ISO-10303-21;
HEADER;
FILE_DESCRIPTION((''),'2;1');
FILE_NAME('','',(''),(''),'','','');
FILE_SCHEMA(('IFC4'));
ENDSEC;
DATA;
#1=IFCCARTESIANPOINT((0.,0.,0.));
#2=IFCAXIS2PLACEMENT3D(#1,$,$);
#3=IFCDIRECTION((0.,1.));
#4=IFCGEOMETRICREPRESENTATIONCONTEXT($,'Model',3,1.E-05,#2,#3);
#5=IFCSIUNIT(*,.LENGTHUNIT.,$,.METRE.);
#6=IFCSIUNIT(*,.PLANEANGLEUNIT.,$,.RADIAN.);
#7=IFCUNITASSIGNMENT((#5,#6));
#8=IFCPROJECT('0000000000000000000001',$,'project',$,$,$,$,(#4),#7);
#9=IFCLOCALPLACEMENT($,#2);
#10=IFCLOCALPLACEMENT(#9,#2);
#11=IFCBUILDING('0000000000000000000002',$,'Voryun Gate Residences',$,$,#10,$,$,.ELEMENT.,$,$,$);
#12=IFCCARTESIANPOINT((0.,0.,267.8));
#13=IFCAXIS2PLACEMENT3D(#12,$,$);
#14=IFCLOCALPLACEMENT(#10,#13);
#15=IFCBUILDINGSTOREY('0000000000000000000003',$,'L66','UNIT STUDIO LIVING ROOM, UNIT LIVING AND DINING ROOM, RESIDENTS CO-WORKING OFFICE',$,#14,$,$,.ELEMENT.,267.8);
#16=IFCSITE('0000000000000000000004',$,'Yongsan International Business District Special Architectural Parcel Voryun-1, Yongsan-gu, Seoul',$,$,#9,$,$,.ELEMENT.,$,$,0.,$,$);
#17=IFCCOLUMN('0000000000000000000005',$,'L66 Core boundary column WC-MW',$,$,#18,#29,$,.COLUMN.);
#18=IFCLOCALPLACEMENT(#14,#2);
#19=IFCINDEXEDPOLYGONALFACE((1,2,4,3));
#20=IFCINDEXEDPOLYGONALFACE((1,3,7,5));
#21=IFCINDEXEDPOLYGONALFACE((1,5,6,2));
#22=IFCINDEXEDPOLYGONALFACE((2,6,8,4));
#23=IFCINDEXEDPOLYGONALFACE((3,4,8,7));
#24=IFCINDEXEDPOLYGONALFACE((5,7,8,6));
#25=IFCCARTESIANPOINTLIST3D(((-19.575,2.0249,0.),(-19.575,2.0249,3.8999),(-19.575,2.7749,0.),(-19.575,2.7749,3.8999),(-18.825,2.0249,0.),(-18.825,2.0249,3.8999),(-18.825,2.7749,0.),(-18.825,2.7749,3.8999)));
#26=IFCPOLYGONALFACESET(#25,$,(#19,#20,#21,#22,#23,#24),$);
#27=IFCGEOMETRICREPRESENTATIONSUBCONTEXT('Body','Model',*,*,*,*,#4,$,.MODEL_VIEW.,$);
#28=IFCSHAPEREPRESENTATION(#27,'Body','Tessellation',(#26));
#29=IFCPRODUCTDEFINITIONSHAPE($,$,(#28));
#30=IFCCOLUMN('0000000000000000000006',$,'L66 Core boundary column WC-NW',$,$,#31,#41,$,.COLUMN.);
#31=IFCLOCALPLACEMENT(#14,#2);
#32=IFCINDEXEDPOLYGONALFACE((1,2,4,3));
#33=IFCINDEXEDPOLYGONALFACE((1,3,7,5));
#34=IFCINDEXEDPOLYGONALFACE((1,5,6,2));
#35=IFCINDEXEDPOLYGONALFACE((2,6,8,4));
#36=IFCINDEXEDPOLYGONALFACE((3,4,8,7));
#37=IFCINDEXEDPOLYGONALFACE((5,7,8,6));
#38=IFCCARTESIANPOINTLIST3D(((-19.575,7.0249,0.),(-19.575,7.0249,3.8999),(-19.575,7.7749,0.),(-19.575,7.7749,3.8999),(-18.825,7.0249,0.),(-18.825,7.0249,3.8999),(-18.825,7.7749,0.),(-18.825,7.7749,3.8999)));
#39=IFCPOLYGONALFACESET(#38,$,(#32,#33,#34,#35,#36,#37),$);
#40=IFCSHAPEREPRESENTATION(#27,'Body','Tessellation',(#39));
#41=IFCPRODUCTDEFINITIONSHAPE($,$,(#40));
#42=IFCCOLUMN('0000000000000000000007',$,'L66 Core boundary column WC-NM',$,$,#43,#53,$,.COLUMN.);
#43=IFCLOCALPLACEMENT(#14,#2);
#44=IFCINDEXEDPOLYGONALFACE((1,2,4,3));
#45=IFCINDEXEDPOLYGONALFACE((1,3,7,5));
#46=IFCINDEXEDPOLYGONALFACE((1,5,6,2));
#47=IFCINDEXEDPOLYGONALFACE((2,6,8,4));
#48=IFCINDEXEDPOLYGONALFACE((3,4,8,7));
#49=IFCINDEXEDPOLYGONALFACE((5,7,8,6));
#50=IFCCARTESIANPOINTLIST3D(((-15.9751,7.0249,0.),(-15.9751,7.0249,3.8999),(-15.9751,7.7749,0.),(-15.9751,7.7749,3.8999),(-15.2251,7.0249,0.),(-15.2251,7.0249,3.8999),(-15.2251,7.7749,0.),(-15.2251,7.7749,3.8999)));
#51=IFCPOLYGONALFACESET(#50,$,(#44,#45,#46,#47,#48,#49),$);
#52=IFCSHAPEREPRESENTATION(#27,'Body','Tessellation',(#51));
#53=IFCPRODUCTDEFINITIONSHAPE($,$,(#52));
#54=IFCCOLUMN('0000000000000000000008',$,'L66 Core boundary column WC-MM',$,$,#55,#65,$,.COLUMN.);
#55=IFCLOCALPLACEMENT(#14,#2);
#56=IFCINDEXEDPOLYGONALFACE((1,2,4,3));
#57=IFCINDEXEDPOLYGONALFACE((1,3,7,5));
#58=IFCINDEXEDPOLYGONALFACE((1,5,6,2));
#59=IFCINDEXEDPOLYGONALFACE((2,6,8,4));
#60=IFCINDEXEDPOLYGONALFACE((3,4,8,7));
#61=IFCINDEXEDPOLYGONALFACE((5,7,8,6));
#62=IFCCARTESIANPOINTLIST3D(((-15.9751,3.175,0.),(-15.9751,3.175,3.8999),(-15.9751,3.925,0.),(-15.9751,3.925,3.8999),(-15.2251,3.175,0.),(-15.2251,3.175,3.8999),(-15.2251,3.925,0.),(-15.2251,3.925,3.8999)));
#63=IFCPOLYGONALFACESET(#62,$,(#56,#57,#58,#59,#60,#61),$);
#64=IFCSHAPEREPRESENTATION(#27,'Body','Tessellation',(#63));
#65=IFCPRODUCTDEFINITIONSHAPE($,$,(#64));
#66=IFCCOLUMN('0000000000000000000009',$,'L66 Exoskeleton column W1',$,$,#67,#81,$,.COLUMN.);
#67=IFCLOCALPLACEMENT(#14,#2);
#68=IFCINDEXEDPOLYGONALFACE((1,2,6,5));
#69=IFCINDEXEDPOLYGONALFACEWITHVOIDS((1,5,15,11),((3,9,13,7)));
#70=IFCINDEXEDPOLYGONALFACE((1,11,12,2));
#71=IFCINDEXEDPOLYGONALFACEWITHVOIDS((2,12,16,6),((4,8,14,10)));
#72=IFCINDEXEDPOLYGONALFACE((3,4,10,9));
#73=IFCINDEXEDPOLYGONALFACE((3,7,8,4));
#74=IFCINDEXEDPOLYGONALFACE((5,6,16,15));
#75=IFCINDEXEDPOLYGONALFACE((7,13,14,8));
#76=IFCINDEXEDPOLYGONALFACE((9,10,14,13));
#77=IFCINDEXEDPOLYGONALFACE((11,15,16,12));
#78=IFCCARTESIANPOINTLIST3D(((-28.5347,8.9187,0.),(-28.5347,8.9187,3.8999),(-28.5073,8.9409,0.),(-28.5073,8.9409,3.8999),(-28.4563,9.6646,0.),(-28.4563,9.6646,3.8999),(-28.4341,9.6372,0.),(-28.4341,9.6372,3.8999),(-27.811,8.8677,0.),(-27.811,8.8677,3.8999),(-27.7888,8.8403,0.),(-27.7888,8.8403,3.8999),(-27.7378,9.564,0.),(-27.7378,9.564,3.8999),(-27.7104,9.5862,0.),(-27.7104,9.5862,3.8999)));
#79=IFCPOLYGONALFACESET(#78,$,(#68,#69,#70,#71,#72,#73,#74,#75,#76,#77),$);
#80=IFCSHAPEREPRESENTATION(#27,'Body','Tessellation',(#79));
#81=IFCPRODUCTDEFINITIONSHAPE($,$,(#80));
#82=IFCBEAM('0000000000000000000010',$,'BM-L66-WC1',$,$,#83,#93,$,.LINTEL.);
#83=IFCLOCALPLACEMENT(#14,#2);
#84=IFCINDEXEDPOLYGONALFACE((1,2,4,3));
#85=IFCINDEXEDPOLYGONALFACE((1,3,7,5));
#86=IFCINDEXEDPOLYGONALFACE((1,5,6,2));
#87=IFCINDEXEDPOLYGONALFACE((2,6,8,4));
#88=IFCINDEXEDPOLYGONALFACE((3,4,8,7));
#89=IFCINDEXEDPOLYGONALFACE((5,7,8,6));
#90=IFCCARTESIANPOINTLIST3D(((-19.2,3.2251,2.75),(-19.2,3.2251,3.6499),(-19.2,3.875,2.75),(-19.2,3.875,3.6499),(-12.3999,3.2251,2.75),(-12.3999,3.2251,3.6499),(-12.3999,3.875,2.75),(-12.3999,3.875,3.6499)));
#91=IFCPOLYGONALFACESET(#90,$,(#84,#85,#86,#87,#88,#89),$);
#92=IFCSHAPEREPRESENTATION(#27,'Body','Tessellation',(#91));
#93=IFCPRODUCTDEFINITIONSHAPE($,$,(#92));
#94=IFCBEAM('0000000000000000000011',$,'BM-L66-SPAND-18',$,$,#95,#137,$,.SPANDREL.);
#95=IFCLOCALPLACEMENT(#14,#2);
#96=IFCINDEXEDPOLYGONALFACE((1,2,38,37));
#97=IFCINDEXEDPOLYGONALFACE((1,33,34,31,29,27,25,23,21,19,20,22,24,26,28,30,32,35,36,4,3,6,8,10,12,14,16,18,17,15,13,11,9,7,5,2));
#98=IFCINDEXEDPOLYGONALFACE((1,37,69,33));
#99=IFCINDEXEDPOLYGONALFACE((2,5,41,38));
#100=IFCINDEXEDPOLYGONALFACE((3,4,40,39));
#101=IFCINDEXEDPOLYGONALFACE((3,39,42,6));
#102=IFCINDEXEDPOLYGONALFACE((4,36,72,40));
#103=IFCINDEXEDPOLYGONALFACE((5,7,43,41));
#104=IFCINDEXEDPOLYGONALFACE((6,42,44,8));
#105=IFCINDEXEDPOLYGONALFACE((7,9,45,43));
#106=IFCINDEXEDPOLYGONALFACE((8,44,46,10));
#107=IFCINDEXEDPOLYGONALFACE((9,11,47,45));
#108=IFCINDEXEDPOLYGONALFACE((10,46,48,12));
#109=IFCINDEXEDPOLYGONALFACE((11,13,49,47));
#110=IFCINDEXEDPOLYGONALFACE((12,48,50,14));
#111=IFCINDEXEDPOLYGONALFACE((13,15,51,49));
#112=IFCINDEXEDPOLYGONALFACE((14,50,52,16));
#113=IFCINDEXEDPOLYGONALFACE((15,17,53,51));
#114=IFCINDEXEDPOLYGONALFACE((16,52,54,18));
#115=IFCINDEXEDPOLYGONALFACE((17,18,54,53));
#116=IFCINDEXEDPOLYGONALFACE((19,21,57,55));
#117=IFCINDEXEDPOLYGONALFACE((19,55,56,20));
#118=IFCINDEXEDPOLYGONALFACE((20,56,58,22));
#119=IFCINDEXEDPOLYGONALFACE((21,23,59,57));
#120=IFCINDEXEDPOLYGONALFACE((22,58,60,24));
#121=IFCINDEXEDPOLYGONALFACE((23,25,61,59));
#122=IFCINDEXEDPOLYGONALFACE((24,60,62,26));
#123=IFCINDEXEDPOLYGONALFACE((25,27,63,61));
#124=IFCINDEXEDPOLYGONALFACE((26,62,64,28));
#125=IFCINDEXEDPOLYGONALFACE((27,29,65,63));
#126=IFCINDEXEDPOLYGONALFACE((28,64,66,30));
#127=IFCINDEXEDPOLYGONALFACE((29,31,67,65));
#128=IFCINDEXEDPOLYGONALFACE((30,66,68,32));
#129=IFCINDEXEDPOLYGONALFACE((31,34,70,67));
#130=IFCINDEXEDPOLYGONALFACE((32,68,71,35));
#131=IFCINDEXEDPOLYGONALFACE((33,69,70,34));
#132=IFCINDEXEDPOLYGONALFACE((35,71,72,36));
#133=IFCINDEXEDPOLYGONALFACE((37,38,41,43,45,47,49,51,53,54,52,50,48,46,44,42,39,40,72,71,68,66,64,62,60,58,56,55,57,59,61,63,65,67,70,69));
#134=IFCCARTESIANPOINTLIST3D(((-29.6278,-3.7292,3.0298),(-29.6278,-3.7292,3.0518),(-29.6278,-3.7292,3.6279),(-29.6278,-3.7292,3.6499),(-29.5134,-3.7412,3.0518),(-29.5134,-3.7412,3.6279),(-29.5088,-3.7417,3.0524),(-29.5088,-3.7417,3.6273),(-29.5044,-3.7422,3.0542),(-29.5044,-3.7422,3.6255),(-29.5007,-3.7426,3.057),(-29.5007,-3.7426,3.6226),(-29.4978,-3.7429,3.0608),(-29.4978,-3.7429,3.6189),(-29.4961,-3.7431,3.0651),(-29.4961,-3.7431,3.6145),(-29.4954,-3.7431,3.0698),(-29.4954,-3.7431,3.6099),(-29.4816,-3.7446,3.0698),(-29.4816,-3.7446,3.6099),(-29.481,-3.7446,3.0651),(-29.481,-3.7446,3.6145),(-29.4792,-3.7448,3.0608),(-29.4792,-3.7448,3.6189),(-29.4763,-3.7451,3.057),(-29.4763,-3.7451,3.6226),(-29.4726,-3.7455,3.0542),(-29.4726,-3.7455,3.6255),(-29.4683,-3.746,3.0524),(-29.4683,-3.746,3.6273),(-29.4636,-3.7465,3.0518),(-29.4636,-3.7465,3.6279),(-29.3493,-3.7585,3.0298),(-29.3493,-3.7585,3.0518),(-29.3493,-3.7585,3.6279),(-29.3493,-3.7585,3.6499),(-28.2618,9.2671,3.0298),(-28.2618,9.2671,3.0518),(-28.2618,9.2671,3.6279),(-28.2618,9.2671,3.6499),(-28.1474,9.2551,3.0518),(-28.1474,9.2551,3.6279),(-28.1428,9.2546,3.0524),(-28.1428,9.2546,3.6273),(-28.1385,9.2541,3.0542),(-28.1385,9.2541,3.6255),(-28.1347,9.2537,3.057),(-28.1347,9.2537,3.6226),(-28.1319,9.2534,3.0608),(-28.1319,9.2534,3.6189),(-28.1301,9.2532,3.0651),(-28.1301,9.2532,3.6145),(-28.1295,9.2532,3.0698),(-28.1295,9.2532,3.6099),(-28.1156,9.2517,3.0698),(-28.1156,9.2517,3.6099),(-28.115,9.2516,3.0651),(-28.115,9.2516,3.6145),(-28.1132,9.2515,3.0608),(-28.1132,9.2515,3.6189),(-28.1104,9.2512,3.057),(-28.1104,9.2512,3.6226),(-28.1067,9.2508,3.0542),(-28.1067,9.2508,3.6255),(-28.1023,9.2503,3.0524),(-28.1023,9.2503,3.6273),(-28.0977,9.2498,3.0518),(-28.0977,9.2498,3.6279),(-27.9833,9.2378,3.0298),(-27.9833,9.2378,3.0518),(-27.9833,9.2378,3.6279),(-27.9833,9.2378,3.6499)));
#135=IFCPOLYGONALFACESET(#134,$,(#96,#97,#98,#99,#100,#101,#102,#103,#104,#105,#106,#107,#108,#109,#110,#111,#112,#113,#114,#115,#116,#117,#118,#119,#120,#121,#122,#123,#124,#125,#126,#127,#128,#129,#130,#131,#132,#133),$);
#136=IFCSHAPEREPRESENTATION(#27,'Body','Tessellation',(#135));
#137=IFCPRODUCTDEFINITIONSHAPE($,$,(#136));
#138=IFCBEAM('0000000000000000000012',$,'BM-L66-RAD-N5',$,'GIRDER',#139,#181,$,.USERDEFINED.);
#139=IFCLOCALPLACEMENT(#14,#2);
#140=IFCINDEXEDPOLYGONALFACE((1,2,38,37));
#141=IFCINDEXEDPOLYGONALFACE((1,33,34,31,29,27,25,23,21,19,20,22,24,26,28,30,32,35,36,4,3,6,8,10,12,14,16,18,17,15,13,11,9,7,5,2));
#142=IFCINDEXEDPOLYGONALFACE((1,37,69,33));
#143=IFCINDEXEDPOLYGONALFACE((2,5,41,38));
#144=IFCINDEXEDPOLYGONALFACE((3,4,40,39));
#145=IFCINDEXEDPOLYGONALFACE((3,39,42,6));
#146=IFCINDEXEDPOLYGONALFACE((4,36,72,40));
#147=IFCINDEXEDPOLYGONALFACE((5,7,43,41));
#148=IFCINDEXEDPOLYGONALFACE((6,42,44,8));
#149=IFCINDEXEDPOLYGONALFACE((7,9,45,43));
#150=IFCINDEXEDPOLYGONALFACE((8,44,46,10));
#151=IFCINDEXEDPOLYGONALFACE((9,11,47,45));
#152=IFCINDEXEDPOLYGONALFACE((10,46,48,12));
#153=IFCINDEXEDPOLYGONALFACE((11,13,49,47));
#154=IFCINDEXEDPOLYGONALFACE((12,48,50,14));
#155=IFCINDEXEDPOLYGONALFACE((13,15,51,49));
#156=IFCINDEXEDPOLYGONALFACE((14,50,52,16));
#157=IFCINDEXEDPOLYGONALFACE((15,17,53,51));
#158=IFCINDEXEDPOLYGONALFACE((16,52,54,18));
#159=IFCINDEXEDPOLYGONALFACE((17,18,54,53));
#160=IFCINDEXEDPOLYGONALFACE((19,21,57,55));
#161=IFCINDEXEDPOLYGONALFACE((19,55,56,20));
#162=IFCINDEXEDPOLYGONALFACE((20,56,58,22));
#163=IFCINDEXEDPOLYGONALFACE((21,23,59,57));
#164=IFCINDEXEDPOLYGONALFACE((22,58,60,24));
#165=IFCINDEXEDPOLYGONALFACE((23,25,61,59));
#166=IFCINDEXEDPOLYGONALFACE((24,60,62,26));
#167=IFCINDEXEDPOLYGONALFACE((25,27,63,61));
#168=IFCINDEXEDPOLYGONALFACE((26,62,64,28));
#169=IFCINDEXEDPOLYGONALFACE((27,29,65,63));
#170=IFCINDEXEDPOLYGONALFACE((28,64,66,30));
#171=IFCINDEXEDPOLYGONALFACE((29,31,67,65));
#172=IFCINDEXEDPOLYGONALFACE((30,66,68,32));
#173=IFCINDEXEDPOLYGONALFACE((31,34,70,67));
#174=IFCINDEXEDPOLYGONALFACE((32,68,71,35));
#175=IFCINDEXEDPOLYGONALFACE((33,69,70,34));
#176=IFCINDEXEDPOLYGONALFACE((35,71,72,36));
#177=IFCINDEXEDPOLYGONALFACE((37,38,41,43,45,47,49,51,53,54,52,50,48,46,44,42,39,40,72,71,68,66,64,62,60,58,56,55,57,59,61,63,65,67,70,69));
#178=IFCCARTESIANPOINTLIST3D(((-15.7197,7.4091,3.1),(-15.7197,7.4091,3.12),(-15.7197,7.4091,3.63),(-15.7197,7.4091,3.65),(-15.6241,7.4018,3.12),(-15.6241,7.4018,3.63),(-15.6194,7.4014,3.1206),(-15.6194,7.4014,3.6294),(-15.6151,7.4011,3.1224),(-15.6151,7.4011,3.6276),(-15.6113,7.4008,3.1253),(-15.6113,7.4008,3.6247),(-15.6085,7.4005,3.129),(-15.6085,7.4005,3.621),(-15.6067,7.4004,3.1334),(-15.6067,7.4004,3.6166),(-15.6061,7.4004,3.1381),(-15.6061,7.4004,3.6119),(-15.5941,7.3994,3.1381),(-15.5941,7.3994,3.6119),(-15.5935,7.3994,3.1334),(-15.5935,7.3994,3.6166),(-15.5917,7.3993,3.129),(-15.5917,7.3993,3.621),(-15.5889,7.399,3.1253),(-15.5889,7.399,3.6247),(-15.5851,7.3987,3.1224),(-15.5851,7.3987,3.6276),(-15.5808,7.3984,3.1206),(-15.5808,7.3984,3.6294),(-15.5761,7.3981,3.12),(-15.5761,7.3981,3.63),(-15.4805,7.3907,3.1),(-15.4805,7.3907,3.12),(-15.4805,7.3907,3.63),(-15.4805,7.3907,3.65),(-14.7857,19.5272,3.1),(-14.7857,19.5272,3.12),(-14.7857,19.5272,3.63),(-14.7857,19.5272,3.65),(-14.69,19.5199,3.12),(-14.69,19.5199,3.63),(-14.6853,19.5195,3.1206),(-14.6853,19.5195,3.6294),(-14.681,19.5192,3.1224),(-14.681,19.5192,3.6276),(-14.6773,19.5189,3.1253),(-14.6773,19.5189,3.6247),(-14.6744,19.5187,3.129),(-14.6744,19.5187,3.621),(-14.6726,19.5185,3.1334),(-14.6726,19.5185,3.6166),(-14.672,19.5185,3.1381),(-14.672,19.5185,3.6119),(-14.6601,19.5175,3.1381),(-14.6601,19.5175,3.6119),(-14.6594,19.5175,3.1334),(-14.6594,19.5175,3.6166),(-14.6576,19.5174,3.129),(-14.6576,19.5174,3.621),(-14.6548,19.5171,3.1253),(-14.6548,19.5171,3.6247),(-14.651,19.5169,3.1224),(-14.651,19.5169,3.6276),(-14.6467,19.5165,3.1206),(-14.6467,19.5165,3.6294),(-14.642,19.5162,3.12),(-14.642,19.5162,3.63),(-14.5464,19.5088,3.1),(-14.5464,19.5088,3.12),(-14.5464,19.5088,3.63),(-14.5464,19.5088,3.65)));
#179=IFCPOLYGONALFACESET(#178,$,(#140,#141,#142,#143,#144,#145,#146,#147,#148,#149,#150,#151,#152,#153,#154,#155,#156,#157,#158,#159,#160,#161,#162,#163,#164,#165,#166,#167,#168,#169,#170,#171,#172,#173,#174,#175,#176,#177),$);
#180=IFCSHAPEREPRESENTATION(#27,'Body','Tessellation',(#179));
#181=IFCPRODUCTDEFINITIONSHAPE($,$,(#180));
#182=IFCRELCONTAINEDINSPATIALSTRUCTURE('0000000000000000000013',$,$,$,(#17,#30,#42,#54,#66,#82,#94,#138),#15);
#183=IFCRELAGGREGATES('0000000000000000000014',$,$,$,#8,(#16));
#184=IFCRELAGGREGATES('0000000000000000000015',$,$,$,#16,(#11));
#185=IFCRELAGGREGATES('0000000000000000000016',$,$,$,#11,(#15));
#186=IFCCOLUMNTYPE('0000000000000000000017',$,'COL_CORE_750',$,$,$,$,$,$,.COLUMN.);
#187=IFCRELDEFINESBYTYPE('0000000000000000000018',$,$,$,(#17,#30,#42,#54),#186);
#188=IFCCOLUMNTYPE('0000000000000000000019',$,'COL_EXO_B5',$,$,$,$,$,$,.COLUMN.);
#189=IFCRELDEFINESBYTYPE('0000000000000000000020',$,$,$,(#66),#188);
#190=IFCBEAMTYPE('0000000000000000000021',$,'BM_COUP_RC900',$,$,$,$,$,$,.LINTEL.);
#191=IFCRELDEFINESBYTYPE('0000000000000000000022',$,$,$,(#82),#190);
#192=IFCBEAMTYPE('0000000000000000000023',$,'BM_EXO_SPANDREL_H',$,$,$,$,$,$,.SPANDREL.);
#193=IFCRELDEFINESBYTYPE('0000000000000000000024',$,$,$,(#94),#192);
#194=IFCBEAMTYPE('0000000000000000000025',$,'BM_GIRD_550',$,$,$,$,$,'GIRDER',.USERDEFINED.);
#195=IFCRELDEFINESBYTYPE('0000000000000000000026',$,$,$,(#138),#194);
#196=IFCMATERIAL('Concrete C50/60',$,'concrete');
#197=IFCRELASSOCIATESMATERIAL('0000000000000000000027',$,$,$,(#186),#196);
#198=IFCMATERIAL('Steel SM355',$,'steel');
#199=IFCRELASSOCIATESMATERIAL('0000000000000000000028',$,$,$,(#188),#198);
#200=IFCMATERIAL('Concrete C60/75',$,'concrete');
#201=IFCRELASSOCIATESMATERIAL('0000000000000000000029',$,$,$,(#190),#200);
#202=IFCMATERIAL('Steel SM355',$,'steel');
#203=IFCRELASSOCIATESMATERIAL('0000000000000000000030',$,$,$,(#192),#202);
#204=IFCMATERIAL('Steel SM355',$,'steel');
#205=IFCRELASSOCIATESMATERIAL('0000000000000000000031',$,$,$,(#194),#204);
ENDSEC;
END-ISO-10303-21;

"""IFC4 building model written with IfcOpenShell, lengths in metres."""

from ifc_helpers import new_model, si_unit, direction, frame, origin, origin_2d, place, context, subcontext, project, spatial, rectangle, hollow_rectangle, i_section, extrude, material, material_profile, profile_set, type_object, element, save


model = new_model("IFC4")

# Units and contexts
model_context = context("Model", 3, precision=1e-05, world=origin(), true_north=direction((0.0, 1.0)))
body_context = subcontext(model_context, "Body", "Model", "MODEL_VIEW")
ifc_project = project(units=[si_unit("LENGTHUNIT", "METRE"), si_unit("PLANEANGLEUNIT", "RADIAN")], contexts=[model_context])

# Site, building, storey
site_placement = place(None, origin())
site = spatial("IfcSite", under=ifc_project, at=site_placement, Name="Yongsan International Business District Special Architectural Parcel Voryun-1, Yongsan-gu, Seoul", CompositionType="ELEMENT", RefElevation=0.0)
building_placement = place(site_placement, origin())
building = spatial("IfcBuilding", under=site, at=building_placement, Name="Voryun Gate Residences", CompositionType="ELEMENT")
storey_placement = place(building_placement, frame((0.0, 0.0, 267.8)))
storey = spatial("IfcBuildingStorey", under=building, at=storey_placement, Name="L66", Description="UNIT STUDIO LIVING ROOM, UNIT LIVING AND DINING ROOM, RESIDENTS CO-WORKING OFFICE", CompositionType="ELEMENT", Elevation=267.8)

# Columns
ifc_material_1 = material(Name="Concrete C50/60", Category="concrete")
ifc_material_profile_1 = material_profile(ifc_material_1, rectangle(XDim=0.75, YDim=0.75, at=origin_2d()), Name="RC-750x750")
ifc_profile_set_1 = profile_set([ifc_material_profile_1], Name="Concrete C50/60")
column_type_1 = type_object("IfcColumnType", Name="COL_CORE_750", PredefinedType="COLUMN", material=ifc_profile_set_1)
for number, where, z_axis, x_axis, name in (
    (1, (-19.2, 2.3999, 0.0), (0.0, 0.0, 1.0), (1.0, 0.0, 0.0), "L66 Core boundary column WC-MW"),
    (2, (-19.2, 7.3999, 0.0), (0.0, 0.0, 1.0), (1.0, 0.0, 0.0), "L66 Core boundary column WC-NW"),
    (3, (-15.6001, 7.3999, 0.0), (0.0, 0.0, 1.0), (1.0, 0.0, 0.0), "L66 Core boundary column WC-NM"),
    (4, (-15.6001, 3.55, 0.0), (0.0, 0.0, 1.0), (1.0, 0.0, 0.0), "L66 Core boundary column WC-MM"),
):
    element("IfcColumn", number, at=place(storey_placement, frame(where, z_axis=z_axis, x_axis=x_axis)), inside=storey, type_object=column_type_1, Name=name, PredefinedType="COLUMN", context=body_context, shape_type="SweptSolid", body=[
        extrude(rectangle(XDim=0.75, YDim=0.75, at=origin_2d()), origin(), (0.0, 0.0, 1.0), 3.8999),
    ])
ifc_material_2 = material(Name="Steel SM355", Category="steel")
ifc_material_profile_2 = material_profile(ifc_material_2, hollow_rectangle(XDim=0.75, YDim=0.75, WallThickness=0.0249, at=origin_2d()), Name="BOX-750x750x25")
ifc_profile_set_2 = profile_set([ifc_material_profile_2], Name="Steel SM355")
column_type_2 = type_object("IfcColumnType", Name="COL_EXO_B5", PredefinedType="COLUMN", material=ifc_profile_set_2)
column_placement = place(storey_placement, frame((-28.1226, 9.2524, 0.0), z_axis=(0.0, 0.0, 1.0), x_axis=(0.994522, -0.104528, 0.0)))
element("IfcColumn", 5, at=column_placement, inside=storey, type_object=column_type_2, Name="L66 Exoskeleton column W1", PredefinedType="COLUMN", context=body_context, shape_type="SweptSolid", body=[
    extrude(hollow_rectangle(XDim=0.75, YDim=0.75, WallThickness=0.0249, at=origin_2d()), origin(), (0.0, 0.0, 1.0), 3.8999),
])

# Beams
ifc_material_3 = material(Name="Concrete C60/75", Category="concrete")
ifc_material_profile_3 = material_profile(ifc_material_3, rectangle(XDim=0.6499, YDim=0.8999, at=origin_2d()), Name="RC-650x900")
ifc_profile_set_3 = profile_set([ifc_material_profile_3], Name="Concrete C60/75")
beam_type_1 = type_object("IfcBeamType", Name="BM_COUP_RC900", PredefinedType="LINTEL", material=ifc_profile_set_3)
beam_1_placement = place(storey_placement, frame((-19.2, 3.55, 3.2), z_axis=(1.0, 0.0, 0.0), x_axis=(0.0, 1.0, 0.0)))
element("IfcBeam", 6, at=beam_1_placement, inside=storey, type_object=beam_type_1, Name="BM-L66-WC1", PredefinedType="LINTEL", context=body_context, shape_type="SweptSolid", body=[
    extrude(rectangle(XDim=0.6499, YDim=0.8999, at=origin_2d()), origin(), (0.0, 0.0, 1.0), 6.8),
])
ifc_material_4 = material(Name="Steel SM355", Category="steel")
ifc_material_profile_4 = material_profile(ifc_material_4, i_section(OverallWidth=0.28, OverallDepth=0.6201, WebThickness=0.0139, FlangeThickness=0.022, FilletRadius=0.0181, at=origin_2d()), Name="H-620x280x14x22")
ifc_profile_set_4 = profile_set([ifc_material_profile_4], Name="Steel SM355")
beam_type_2 = type_object("IfcBeamType", Name="BM_EXO_SPANDREL_H", PredefinedType="SPANDREL", material=ifc_profile_set_4)
beam_2_placement = place(storey_placement, frame((-28.1226, 9.2524, 3.3398), z_axis=(-0.104528, -0.994522, 0.0), x_axis=(0.994522, -0.104528, 0.0)))
element("IfcBeam", 7, at=beam_2_placement, inside=storey, type_object=beam_type_2, Name="BM-L66-SPAND-18", PredefinedType="SPANDREL", context=body_context, shape_type="SweptSolid", body=[
    extrude(i_section(OverallWidth=0.28, OverallDepth=0.6201, WebThickness=0.0139, FlangeThickness=0.022, FilletRadius=0.0181, at=origin_2d()), origin(), (0.0, 0.0, 1.0), 13.0679),
])
ifc_material_5 = material(Name="Steel SM355", Category="steel")
ifc_material_profile_5 = material_profile(ifc_material_5, i_section(OverallWidth=0.24, OverallDepth=0.55, WebThickness=0.012, FlangeThickness=0.02, FilletRadius=0.0181, at=origin_2d()), Name="H-550x240x12x20")
ifc_profile_set_5 = profile_set([ifc_material_profile_5], Name="Steel SM355")
beam_type_3 = type_object("IfcBeamType", Name="BM_GIRD_550", ElementType="GIRDER", PredefinedType="USERDEFINED", material=ifc_profile_set_5)
beam_3_placement = place(storey_placement, frame((-15.6001, 7.3999, 3.375), z_axis=(0.076853, 0.997042, 0.0), x_axis=(-0.997042, 0.076853, 0.0)))
element("IfcBeam", 8, at=beam_3_placement, inside=storey, type_object=beam_type_3, Name="BM-L66-RAD-N5", ObjectType="GIRDER", PredefinedType="USERDEFINED", context=body_context, shape_type="SweptSolid", body=[
    extrude(i_section(OverallWidth=0.24, OverallDepth=0.55, WebThickness=0.012, FlangeThickness=0.02, FilletRadius=0.0181, at=origin_2d()), origin(), (0.0, 0.0, 1.0), 12.1541),
])

save(model, "model.ifc")
